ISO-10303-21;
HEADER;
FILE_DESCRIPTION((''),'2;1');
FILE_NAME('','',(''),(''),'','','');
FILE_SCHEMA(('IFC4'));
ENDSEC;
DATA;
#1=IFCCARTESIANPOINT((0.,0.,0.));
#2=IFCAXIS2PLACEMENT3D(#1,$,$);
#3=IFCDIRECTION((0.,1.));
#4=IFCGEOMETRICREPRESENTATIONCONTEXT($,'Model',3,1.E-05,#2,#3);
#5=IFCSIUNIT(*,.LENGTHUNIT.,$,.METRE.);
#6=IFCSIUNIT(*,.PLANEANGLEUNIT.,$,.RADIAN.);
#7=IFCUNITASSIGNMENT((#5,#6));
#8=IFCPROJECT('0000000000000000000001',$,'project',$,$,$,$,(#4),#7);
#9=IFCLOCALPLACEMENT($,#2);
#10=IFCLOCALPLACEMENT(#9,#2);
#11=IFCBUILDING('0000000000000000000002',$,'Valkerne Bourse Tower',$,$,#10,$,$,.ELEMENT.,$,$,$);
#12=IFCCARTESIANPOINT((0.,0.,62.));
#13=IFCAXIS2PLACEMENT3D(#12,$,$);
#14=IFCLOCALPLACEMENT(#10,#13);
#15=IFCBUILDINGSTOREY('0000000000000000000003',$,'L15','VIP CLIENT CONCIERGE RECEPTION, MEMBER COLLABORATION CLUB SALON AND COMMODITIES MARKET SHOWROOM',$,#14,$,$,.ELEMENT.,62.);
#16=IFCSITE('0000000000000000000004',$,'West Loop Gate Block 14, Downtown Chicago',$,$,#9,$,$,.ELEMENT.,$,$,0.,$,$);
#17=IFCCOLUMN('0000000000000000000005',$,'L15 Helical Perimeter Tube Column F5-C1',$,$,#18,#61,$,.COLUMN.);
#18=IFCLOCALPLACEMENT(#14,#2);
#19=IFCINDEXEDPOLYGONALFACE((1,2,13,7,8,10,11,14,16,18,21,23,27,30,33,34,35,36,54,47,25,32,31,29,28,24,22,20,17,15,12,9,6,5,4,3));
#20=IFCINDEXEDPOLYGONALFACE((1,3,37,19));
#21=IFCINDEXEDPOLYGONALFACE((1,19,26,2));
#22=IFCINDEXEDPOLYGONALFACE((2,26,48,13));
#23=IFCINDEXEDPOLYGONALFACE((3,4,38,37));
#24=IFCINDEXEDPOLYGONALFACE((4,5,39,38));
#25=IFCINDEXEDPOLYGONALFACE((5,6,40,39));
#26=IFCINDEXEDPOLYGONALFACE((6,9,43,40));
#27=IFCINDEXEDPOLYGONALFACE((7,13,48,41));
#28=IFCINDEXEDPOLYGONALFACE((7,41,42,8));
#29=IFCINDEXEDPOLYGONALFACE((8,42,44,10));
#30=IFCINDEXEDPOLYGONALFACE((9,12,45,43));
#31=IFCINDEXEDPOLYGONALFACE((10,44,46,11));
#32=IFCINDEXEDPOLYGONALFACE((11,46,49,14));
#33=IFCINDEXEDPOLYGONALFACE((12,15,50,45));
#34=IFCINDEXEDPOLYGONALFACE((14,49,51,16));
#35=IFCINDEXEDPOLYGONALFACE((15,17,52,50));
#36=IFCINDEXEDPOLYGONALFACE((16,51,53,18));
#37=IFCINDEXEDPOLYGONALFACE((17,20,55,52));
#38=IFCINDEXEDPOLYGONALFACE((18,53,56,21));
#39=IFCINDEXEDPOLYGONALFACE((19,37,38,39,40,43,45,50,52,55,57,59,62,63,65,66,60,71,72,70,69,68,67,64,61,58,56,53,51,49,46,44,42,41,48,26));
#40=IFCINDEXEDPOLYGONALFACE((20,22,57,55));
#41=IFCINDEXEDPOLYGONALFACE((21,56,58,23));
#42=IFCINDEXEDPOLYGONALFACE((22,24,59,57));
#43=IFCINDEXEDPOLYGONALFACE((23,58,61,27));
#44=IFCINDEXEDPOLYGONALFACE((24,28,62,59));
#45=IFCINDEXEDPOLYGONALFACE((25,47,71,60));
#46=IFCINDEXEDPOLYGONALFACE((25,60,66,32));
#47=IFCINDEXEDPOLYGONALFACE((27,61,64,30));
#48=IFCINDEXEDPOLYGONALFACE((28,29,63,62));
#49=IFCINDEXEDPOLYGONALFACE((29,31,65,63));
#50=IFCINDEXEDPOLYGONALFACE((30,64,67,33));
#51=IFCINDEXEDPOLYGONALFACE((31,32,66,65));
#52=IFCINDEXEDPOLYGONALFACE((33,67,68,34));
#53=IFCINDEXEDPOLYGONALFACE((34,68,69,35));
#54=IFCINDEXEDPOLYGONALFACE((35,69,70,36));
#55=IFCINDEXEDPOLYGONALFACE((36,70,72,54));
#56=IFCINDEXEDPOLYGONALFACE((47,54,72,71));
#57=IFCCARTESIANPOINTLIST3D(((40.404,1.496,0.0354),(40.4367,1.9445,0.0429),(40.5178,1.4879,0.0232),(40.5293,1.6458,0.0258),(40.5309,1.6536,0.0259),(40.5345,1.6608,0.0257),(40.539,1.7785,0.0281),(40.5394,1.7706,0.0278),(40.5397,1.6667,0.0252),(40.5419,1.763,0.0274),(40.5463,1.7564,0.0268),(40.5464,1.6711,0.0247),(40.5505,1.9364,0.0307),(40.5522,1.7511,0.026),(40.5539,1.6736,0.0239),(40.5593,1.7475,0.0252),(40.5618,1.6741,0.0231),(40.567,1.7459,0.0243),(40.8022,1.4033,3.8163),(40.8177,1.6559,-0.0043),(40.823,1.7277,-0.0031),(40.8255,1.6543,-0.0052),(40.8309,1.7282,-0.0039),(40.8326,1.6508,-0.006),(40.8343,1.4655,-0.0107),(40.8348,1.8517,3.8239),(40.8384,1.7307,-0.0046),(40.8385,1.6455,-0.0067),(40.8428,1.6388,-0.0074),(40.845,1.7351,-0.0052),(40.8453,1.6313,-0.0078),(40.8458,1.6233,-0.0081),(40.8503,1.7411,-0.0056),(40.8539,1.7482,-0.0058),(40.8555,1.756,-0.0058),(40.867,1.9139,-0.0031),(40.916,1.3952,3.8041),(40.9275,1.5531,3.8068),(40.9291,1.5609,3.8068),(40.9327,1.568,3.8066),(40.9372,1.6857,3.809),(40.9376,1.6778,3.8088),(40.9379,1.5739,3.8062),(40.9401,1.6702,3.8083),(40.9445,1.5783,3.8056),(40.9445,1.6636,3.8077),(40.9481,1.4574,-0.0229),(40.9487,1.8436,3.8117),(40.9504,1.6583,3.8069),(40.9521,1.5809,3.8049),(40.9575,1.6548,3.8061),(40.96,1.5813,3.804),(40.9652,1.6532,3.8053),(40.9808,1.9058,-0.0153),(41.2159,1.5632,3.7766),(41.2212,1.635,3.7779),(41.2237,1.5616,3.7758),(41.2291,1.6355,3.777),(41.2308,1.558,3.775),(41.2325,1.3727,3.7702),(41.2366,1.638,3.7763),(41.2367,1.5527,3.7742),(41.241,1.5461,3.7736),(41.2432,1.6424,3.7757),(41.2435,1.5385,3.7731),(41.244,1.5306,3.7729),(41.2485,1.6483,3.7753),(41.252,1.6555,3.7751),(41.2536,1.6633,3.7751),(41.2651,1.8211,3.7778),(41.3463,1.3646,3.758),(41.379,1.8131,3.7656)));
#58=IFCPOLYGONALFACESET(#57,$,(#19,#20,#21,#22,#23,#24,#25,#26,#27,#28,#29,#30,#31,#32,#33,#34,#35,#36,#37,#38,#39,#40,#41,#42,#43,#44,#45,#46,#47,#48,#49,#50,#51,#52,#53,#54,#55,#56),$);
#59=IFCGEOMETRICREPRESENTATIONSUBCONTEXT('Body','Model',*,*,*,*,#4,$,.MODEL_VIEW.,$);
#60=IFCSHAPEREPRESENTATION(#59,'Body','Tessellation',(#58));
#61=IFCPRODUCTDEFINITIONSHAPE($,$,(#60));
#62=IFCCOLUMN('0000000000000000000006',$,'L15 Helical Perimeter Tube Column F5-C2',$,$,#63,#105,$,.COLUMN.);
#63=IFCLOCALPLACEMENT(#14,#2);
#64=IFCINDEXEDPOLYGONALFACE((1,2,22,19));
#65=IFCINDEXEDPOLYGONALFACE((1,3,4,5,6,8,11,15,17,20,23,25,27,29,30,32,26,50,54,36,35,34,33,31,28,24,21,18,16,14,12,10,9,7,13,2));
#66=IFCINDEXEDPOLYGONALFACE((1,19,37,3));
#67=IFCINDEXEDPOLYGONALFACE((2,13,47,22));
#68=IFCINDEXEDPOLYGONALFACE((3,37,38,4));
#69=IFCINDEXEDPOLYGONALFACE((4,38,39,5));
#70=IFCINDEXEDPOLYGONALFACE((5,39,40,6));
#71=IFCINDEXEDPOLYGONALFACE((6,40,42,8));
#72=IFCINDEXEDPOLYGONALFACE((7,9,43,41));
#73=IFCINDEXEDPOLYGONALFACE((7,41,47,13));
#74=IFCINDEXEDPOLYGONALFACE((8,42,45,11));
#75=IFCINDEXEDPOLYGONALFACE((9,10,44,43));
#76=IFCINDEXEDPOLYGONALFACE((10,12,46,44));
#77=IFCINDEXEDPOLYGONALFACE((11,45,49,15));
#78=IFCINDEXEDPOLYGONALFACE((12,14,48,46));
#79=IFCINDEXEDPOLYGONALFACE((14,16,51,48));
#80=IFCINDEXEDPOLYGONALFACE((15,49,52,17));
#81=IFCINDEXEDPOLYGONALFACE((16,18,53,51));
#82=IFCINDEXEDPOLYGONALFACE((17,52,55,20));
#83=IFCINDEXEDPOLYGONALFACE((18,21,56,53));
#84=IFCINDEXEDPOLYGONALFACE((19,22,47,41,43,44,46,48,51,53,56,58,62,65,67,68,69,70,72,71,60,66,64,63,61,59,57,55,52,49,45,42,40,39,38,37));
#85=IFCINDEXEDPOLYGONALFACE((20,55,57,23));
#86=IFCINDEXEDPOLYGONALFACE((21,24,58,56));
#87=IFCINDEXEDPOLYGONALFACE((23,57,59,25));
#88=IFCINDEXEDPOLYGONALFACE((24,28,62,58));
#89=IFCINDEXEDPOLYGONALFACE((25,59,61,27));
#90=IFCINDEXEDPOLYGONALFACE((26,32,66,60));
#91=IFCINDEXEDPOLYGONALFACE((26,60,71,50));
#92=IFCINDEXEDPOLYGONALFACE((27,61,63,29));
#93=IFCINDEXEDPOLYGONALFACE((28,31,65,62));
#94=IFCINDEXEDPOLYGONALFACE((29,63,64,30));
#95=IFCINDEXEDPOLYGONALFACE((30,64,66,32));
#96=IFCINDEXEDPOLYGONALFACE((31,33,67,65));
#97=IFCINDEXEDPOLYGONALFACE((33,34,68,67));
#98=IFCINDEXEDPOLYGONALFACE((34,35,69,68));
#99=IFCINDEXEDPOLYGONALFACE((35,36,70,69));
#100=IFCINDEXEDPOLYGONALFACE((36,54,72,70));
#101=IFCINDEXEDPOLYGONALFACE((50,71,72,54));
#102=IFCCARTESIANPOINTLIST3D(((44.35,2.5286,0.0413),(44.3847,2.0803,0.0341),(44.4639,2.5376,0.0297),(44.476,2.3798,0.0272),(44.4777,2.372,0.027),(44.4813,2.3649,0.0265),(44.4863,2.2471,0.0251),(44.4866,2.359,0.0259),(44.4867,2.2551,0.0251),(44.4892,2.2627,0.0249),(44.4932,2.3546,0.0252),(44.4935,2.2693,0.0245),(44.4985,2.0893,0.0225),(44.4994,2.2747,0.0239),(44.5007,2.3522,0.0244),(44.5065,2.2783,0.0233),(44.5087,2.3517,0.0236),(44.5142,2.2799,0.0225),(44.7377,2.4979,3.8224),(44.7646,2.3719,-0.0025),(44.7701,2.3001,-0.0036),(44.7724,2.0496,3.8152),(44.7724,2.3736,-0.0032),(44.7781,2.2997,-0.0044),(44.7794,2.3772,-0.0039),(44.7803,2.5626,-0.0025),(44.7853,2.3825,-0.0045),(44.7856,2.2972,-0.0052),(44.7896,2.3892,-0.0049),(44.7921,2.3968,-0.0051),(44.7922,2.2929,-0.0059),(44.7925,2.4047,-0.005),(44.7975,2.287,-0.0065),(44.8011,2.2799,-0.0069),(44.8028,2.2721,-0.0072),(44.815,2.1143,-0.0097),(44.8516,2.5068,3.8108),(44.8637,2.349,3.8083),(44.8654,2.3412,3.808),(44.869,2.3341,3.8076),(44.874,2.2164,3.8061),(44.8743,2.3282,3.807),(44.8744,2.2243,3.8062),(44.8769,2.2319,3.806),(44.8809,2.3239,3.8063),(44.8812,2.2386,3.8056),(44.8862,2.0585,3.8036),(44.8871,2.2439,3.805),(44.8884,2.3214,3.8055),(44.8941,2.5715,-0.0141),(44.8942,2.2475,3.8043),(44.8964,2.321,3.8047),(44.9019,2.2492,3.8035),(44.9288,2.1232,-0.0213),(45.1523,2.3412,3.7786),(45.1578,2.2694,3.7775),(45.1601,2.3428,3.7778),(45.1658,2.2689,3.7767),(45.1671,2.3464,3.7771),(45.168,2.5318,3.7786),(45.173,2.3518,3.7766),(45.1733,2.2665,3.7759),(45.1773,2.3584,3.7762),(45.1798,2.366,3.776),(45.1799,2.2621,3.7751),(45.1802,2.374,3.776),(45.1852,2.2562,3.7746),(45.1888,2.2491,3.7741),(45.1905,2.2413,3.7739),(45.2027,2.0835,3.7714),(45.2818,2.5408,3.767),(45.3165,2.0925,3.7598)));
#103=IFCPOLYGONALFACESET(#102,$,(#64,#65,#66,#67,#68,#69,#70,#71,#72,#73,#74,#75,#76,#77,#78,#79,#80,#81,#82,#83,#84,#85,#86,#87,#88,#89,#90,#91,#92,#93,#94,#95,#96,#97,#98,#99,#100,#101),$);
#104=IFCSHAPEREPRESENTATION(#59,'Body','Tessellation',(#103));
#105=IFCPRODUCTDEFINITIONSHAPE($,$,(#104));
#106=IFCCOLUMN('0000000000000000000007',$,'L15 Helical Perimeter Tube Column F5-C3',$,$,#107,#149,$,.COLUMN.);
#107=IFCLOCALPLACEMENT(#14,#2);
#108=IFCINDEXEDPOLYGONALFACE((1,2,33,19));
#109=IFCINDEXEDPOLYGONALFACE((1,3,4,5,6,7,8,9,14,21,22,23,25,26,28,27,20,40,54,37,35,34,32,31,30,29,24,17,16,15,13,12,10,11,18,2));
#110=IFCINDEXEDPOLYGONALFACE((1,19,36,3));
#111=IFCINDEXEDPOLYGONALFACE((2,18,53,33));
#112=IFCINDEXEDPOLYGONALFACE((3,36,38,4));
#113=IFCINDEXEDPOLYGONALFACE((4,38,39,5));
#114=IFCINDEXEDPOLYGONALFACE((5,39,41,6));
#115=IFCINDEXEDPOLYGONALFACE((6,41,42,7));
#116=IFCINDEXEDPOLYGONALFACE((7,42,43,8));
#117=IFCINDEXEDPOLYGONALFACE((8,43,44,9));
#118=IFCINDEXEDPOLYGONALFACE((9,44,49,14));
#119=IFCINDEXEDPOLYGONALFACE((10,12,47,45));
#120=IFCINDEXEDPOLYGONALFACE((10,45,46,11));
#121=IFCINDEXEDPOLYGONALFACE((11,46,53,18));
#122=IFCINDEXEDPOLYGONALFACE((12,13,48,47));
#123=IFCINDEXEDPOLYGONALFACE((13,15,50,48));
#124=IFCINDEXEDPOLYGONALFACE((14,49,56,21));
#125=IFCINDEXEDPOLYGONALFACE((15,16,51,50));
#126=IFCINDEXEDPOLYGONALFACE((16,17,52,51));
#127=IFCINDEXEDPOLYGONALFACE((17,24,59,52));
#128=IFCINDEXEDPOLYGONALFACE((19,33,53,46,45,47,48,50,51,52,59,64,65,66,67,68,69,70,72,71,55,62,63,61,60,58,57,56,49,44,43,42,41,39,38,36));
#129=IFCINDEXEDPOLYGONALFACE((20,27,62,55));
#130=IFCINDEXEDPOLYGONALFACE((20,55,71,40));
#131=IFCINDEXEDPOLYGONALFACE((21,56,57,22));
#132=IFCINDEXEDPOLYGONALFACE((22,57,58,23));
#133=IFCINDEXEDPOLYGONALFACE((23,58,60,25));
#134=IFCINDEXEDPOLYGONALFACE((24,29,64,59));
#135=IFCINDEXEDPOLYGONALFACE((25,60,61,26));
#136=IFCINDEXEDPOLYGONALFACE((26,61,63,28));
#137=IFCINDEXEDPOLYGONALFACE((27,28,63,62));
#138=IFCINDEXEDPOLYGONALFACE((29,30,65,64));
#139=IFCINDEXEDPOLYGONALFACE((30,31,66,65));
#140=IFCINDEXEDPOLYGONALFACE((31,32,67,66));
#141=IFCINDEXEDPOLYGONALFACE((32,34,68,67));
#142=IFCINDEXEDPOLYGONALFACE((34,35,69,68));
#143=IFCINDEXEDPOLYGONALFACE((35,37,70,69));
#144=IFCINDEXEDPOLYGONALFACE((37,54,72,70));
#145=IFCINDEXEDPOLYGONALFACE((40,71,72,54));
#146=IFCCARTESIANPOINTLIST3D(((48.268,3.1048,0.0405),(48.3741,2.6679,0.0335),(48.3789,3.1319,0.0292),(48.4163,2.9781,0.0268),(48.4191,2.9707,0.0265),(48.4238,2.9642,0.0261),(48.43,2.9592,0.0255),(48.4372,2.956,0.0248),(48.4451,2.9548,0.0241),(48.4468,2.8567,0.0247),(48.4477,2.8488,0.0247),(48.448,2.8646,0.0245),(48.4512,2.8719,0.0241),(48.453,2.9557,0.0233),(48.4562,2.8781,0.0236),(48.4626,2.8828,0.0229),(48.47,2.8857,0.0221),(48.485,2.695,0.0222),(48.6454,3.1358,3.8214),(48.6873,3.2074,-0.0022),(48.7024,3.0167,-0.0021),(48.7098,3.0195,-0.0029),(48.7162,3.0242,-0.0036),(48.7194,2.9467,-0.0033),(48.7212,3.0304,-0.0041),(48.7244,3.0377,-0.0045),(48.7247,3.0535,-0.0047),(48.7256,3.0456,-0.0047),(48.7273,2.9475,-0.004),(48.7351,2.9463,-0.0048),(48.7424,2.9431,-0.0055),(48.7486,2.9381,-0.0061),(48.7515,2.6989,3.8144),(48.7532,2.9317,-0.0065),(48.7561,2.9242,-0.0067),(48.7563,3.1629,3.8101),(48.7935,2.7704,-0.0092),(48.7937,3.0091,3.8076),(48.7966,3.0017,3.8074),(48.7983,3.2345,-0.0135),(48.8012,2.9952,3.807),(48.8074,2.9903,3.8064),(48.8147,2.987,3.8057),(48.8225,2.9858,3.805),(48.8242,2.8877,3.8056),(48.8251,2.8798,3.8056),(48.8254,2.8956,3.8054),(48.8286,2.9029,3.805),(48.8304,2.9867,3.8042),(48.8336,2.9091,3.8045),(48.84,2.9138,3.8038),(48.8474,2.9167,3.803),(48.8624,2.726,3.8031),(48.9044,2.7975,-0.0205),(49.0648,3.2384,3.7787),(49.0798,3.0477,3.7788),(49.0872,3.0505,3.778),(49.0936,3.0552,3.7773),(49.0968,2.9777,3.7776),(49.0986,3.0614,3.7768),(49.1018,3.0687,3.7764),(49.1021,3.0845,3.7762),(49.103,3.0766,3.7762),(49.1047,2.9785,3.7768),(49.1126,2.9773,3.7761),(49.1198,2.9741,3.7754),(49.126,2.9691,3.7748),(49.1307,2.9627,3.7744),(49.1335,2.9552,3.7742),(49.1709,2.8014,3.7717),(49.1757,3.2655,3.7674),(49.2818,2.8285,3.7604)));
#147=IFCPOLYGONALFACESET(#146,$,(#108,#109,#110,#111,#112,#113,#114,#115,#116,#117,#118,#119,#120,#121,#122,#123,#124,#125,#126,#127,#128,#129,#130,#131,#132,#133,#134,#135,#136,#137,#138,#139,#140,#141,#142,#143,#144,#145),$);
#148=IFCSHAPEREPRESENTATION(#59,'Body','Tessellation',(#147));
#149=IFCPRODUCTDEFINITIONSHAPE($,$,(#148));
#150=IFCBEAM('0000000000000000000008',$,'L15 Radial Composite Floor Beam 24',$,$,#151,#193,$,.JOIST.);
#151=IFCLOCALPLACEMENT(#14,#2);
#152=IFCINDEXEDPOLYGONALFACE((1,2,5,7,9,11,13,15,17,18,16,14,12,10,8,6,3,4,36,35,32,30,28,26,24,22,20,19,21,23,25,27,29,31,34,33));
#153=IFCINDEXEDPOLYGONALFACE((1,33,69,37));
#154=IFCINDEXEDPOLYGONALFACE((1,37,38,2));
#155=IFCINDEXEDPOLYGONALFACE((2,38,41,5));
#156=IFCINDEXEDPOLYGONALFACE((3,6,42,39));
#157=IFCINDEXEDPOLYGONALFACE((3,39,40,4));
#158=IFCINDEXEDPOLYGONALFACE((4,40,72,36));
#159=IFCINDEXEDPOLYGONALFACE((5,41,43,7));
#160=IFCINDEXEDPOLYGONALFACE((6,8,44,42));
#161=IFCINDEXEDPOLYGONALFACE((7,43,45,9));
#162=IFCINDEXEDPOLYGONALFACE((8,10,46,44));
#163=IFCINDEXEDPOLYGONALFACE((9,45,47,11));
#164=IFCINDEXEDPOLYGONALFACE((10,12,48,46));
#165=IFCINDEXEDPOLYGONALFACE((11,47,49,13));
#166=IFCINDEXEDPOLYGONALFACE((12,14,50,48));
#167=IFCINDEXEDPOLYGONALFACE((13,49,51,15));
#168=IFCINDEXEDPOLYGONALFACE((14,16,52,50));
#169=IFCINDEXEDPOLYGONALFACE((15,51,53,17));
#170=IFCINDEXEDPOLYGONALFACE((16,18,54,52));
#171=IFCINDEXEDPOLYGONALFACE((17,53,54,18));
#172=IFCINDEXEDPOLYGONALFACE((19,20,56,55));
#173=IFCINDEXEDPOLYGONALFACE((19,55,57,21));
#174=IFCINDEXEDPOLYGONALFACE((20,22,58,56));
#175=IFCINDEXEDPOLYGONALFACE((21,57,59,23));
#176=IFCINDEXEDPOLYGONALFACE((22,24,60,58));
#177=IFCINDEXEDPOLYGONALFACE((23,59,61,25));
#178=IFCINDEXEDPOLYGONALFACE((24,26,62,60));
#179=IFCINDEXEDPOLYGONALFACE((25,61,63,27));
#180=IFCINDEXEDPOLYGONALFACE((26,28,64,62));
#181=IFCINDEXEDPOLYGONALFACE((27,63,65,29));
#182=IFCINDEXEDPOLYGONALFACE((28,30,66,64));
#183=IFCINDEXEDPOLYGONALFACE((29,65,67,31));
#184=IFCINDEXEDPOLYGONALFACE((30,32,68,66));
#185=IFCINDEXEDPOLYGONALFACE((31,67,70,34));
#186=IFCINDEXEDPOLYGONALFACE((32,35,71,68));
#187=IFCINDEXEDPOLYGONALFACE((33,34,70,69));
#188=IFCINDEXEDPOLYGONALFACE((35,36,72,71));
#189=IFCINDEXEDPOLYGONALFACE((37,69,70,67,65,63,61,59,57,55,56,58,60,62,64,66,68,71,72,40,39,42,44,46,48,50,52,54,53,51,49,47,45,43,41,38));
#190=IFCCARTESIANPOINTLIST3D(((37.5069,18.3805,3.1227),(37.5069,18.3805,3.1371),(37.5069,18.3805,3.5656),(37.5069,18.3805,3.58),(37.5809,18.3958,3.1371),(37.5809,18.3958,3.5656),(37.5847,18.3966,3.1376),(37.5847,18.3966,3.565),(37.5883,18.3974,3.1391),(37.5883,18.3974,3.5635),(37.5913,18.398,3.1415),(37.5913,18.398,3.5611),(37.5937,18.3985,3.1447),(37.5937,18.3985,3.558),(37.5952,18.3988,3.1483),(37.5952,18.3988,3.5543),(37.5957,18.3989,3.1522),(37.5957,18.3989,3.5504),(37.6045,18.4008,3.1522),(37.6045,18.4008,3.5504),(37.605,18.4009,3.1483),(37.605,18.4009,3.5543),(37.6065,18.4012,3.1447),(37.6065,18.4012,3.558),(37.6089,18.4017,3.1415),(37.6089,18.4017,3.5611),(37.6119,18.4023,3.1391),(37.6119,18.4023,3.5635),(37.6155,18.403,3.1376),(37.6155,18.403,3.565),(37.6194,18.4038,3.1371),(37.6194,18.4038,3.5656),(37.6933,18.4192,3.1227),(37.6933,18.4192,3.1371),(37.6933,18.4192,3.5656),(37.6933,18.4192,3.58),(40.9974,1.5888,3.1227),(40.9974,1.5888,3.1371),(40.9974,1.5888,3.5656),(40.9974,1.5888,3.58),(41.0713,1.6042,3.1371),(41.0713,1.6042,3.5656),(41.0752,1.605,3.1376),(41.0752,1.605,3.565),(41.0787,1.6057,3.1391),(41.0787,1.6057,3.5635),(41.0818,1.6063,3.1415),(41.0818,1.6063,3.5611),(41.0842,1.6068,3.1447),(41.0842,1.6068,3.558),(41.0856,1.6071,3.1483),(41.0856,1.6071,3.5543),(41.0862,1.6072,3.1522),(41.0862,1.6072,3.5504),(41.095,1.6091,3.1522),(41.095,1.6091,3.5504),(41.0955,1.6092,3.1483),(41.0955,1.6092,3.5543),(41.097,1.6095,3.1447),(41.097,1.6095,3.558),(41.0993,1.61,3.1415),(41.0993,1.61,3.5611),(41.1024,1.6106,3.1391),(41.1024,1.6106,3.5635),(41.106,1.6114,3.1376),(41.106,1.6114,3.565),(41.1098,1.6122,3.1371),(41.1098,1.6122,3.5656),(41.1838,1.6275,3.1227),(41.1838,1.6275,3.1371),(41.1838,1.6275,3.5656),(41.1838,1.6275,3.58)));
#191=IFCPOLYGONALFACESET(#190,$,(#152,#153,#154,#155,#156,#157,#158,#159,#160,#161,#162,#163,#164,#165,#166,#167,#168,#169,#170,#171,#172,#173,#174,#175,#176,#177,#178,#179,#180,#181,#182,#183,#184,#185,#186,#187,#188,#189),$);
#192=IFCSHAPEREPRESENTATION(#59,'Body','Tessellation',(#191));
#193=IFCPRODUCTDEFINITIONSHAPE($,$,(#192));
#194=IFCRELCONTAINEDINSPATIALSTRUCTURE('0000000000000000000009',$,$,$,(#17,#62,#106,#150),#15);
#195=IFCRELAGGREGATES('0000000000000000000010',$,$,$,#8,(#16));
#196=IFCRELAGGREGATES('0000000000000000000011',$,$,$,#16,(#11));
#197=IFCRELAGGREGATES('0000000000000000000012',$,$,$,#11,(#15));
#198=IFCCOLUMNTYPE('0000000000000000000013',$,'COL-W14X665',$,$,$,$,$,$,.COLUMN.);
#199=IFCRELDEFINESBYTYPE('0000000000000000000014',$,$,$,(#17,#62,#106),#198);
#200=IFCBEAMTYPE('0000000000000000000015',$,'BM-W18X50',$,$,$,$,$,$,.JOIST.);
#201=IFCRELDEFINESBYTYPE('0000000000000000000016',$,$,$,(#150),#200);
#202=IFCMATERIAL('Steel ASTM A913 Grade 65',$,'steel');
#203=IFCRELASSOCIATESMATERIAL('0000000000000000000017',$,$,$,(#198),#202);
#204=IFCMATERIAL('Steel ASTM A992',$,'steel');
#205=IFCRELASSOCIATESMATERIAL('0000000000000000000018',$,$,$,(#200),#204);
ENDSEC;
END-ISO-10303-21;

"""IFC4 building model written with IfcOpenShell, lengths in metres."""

from ifc_helpers import new_model, si_unit, direction, frame, origin, origin_2d, place, context, subcontext, project, spatial, i_section, extrude, material, material_profile, profile_set, type_object, element, save


model = new_model("IFC4")

# Units and contexts
model_context = context("Model", 3, precision=1e-05, world=origin(), true_north=direction((0.0, 1.0)))
body_context = subcontext(model_context, "Body", "Model", "MODEL_VIEW")
ifc_project = project(units=[si_unit("LENGTHUNIT", "METRE"), si_unit("PLANEANGLEUNIT", "RADIAN")], contexts=[model_context])

# Site, building, storey
site_placement = place(None, origin())
site = spatial("IfcSite", under=ifc_project, at=site_placement, Name="West Loop Gate Block 14, Downtown Chicago", CompositionType="ELEMENT", RefElevation=0.0)
building_placement = place(site_placement, origin())
building = spatial("IfcBuilding", under=site, at=building_placement, Name="Valkerne Bourse Tower", CompositionType="ELEMENT")
storey_placement = place(building_placement, frame((0.0, 0.0, 62.0)))
storey = spatial("IfcBuildingStorey", under=building, at=storey_placement, Name="L15", Description="VIP CLIENT CONCIERGE RECEPTION, MEMBER COLLABORATION CLUB SALON AND COMMODITIES MARKET SHOWROOM", CompositionType="ELEMENT", Elevation=62.0)

# Columns
ifc_material_1 = material(Name="Steel ASTM A913 Grade 65", Category="steel")
ifc_material_profile_1 = material_profile(ifc_material_1, i_section(OverallWidth=0.4497, OverallDepth=0.5486, WebThickness=0.072, FlangeThickness=0.1147, FilletRadius=0.0305, at=origin_2d()), Name="W14X665")
ifc_profile_set_1 = profile_set([ifc_material_profile_1], Name="Steel ASTM A913 Grade 65")
column_type = type_object("IfcColumnType", Name="COL-W14X665", PredefinedType="COLUMN", material=ifc_profile_set_1)
column_1_placement = place(storey_placement, frame((40.6924, 1.7009, 0.01), z_axis=(0.104704, -0.024394, 0.994204), x_axis=(0.072644, 0.997216, 0.016818)))
element("IfcColumn", 1, at=column_1_placement, inside=storey, type_object=column_type, Name="L15 Helical Perimeter Tube Column F5-C1", PredefinedType="COLUMN", context=body_context, shape_type="SweptSolid", body=[
    extrude(i_section(OverallWidth=0.4497, OverallDepth=0.5486, WebThickness=0.072, FlangeThickness=0.1147, FilletRadius=0.0305, at=origin_2d()), origin(), (0.0, 0.0, 1.0), 3.803),
])
column_2_placement = place(storey_placement, frame((44.6394, 2.3259, 0.01), z_axis=(0.101999, -0.008093, 0.994752), x_axis=(-0.077003, 0.996902, 0.016006)))
element("IfcColumn", 2, at=column_2_placement, inside=storey, type_object=column_type, Name="L15 Helical Perimeter Tube Column F5-C2", PredefinedType="COLUMN", context=body_context, shape_type="SweptSolid", body=[
    extrude(i_section(OverallWidth=0.4497, OverallDepth=0.5486, WebThickness=0.072, FlangeThickness=0.1147, FilletRadius=0.0305, at=origin_2d()), origin(), (0.0, 0.0, 1.0), 3.801),
])
column_3_placement = place(storey_placement, frame((48.5862, 2.9512, 0.01), z_axis=(0.099329, 0.00816, 0.995021), x_axis=(-0.235997, 0.971629, 0.015591)))
element("IfcColumn", 3, at=column_3_placement, inside=storey, type_object=column_type, Name="L15 Helical Perimeter Tube Column F5-C3", PredefinedType="COLUMN", context=body_context, shape_type="SweptSolid", body=[
    extrude(i_section(OverallWidth=0.4497, OverallDepth=0.5486, WebThickness=0.072, FlangeThickness=0.1147, FilletRadius=0.0305, at=origin_2d()), origin(), (0.0, 0.0, 1.0), 3.7998),
])

# Beam
ifc_material_2 = material(Name="Steel ASTM A992", Category="steel")
ifc_material_profile_2 = material_profile(ifc_material_2, i_section(OverallWidth=0.1904, OverallDepth=0.4573, WebThickness=0.009, FlangeThickness=0.0144, FilletRadius=0.0151, at=origin_2d()), Name="W18X50")
ifc_profile_set_2 = profile_set([ifc_material_profile_2], Name="Steel ASTM A992")
beam_type_1 = type_object("IfcBeamType", Name="BM-W18X50", PredefinedType="JOIST", material=ifc_profile_set_2)
beam_1_placement = place(storey_placement, frame((41.0906, 1.6082, 3.3513), z_axis=(-0.203518, 0.979071, 0.0), x_axis=(-0.979071, -0.203518, 0.0)))
element("IfcBeam", 4, at=beam_1_placement, inside=storey, type_object=beam_type_1, Name="L15 Radial Composite Floor Beam 24", PredefinedType="JOIST", context=body_context, shape_type="SweptSolid", body=[
    extrude(i_section(OverallWidth=0.1904, OverallDepth=0.4573, WebThickness=0.009, FlangeThickness=0.0144, FilletRadius=0.0151, at=origin_2d()), origin(), (0.0, 0.0, 1.0), 17.1506),
])

save(model, "model.ifc")
